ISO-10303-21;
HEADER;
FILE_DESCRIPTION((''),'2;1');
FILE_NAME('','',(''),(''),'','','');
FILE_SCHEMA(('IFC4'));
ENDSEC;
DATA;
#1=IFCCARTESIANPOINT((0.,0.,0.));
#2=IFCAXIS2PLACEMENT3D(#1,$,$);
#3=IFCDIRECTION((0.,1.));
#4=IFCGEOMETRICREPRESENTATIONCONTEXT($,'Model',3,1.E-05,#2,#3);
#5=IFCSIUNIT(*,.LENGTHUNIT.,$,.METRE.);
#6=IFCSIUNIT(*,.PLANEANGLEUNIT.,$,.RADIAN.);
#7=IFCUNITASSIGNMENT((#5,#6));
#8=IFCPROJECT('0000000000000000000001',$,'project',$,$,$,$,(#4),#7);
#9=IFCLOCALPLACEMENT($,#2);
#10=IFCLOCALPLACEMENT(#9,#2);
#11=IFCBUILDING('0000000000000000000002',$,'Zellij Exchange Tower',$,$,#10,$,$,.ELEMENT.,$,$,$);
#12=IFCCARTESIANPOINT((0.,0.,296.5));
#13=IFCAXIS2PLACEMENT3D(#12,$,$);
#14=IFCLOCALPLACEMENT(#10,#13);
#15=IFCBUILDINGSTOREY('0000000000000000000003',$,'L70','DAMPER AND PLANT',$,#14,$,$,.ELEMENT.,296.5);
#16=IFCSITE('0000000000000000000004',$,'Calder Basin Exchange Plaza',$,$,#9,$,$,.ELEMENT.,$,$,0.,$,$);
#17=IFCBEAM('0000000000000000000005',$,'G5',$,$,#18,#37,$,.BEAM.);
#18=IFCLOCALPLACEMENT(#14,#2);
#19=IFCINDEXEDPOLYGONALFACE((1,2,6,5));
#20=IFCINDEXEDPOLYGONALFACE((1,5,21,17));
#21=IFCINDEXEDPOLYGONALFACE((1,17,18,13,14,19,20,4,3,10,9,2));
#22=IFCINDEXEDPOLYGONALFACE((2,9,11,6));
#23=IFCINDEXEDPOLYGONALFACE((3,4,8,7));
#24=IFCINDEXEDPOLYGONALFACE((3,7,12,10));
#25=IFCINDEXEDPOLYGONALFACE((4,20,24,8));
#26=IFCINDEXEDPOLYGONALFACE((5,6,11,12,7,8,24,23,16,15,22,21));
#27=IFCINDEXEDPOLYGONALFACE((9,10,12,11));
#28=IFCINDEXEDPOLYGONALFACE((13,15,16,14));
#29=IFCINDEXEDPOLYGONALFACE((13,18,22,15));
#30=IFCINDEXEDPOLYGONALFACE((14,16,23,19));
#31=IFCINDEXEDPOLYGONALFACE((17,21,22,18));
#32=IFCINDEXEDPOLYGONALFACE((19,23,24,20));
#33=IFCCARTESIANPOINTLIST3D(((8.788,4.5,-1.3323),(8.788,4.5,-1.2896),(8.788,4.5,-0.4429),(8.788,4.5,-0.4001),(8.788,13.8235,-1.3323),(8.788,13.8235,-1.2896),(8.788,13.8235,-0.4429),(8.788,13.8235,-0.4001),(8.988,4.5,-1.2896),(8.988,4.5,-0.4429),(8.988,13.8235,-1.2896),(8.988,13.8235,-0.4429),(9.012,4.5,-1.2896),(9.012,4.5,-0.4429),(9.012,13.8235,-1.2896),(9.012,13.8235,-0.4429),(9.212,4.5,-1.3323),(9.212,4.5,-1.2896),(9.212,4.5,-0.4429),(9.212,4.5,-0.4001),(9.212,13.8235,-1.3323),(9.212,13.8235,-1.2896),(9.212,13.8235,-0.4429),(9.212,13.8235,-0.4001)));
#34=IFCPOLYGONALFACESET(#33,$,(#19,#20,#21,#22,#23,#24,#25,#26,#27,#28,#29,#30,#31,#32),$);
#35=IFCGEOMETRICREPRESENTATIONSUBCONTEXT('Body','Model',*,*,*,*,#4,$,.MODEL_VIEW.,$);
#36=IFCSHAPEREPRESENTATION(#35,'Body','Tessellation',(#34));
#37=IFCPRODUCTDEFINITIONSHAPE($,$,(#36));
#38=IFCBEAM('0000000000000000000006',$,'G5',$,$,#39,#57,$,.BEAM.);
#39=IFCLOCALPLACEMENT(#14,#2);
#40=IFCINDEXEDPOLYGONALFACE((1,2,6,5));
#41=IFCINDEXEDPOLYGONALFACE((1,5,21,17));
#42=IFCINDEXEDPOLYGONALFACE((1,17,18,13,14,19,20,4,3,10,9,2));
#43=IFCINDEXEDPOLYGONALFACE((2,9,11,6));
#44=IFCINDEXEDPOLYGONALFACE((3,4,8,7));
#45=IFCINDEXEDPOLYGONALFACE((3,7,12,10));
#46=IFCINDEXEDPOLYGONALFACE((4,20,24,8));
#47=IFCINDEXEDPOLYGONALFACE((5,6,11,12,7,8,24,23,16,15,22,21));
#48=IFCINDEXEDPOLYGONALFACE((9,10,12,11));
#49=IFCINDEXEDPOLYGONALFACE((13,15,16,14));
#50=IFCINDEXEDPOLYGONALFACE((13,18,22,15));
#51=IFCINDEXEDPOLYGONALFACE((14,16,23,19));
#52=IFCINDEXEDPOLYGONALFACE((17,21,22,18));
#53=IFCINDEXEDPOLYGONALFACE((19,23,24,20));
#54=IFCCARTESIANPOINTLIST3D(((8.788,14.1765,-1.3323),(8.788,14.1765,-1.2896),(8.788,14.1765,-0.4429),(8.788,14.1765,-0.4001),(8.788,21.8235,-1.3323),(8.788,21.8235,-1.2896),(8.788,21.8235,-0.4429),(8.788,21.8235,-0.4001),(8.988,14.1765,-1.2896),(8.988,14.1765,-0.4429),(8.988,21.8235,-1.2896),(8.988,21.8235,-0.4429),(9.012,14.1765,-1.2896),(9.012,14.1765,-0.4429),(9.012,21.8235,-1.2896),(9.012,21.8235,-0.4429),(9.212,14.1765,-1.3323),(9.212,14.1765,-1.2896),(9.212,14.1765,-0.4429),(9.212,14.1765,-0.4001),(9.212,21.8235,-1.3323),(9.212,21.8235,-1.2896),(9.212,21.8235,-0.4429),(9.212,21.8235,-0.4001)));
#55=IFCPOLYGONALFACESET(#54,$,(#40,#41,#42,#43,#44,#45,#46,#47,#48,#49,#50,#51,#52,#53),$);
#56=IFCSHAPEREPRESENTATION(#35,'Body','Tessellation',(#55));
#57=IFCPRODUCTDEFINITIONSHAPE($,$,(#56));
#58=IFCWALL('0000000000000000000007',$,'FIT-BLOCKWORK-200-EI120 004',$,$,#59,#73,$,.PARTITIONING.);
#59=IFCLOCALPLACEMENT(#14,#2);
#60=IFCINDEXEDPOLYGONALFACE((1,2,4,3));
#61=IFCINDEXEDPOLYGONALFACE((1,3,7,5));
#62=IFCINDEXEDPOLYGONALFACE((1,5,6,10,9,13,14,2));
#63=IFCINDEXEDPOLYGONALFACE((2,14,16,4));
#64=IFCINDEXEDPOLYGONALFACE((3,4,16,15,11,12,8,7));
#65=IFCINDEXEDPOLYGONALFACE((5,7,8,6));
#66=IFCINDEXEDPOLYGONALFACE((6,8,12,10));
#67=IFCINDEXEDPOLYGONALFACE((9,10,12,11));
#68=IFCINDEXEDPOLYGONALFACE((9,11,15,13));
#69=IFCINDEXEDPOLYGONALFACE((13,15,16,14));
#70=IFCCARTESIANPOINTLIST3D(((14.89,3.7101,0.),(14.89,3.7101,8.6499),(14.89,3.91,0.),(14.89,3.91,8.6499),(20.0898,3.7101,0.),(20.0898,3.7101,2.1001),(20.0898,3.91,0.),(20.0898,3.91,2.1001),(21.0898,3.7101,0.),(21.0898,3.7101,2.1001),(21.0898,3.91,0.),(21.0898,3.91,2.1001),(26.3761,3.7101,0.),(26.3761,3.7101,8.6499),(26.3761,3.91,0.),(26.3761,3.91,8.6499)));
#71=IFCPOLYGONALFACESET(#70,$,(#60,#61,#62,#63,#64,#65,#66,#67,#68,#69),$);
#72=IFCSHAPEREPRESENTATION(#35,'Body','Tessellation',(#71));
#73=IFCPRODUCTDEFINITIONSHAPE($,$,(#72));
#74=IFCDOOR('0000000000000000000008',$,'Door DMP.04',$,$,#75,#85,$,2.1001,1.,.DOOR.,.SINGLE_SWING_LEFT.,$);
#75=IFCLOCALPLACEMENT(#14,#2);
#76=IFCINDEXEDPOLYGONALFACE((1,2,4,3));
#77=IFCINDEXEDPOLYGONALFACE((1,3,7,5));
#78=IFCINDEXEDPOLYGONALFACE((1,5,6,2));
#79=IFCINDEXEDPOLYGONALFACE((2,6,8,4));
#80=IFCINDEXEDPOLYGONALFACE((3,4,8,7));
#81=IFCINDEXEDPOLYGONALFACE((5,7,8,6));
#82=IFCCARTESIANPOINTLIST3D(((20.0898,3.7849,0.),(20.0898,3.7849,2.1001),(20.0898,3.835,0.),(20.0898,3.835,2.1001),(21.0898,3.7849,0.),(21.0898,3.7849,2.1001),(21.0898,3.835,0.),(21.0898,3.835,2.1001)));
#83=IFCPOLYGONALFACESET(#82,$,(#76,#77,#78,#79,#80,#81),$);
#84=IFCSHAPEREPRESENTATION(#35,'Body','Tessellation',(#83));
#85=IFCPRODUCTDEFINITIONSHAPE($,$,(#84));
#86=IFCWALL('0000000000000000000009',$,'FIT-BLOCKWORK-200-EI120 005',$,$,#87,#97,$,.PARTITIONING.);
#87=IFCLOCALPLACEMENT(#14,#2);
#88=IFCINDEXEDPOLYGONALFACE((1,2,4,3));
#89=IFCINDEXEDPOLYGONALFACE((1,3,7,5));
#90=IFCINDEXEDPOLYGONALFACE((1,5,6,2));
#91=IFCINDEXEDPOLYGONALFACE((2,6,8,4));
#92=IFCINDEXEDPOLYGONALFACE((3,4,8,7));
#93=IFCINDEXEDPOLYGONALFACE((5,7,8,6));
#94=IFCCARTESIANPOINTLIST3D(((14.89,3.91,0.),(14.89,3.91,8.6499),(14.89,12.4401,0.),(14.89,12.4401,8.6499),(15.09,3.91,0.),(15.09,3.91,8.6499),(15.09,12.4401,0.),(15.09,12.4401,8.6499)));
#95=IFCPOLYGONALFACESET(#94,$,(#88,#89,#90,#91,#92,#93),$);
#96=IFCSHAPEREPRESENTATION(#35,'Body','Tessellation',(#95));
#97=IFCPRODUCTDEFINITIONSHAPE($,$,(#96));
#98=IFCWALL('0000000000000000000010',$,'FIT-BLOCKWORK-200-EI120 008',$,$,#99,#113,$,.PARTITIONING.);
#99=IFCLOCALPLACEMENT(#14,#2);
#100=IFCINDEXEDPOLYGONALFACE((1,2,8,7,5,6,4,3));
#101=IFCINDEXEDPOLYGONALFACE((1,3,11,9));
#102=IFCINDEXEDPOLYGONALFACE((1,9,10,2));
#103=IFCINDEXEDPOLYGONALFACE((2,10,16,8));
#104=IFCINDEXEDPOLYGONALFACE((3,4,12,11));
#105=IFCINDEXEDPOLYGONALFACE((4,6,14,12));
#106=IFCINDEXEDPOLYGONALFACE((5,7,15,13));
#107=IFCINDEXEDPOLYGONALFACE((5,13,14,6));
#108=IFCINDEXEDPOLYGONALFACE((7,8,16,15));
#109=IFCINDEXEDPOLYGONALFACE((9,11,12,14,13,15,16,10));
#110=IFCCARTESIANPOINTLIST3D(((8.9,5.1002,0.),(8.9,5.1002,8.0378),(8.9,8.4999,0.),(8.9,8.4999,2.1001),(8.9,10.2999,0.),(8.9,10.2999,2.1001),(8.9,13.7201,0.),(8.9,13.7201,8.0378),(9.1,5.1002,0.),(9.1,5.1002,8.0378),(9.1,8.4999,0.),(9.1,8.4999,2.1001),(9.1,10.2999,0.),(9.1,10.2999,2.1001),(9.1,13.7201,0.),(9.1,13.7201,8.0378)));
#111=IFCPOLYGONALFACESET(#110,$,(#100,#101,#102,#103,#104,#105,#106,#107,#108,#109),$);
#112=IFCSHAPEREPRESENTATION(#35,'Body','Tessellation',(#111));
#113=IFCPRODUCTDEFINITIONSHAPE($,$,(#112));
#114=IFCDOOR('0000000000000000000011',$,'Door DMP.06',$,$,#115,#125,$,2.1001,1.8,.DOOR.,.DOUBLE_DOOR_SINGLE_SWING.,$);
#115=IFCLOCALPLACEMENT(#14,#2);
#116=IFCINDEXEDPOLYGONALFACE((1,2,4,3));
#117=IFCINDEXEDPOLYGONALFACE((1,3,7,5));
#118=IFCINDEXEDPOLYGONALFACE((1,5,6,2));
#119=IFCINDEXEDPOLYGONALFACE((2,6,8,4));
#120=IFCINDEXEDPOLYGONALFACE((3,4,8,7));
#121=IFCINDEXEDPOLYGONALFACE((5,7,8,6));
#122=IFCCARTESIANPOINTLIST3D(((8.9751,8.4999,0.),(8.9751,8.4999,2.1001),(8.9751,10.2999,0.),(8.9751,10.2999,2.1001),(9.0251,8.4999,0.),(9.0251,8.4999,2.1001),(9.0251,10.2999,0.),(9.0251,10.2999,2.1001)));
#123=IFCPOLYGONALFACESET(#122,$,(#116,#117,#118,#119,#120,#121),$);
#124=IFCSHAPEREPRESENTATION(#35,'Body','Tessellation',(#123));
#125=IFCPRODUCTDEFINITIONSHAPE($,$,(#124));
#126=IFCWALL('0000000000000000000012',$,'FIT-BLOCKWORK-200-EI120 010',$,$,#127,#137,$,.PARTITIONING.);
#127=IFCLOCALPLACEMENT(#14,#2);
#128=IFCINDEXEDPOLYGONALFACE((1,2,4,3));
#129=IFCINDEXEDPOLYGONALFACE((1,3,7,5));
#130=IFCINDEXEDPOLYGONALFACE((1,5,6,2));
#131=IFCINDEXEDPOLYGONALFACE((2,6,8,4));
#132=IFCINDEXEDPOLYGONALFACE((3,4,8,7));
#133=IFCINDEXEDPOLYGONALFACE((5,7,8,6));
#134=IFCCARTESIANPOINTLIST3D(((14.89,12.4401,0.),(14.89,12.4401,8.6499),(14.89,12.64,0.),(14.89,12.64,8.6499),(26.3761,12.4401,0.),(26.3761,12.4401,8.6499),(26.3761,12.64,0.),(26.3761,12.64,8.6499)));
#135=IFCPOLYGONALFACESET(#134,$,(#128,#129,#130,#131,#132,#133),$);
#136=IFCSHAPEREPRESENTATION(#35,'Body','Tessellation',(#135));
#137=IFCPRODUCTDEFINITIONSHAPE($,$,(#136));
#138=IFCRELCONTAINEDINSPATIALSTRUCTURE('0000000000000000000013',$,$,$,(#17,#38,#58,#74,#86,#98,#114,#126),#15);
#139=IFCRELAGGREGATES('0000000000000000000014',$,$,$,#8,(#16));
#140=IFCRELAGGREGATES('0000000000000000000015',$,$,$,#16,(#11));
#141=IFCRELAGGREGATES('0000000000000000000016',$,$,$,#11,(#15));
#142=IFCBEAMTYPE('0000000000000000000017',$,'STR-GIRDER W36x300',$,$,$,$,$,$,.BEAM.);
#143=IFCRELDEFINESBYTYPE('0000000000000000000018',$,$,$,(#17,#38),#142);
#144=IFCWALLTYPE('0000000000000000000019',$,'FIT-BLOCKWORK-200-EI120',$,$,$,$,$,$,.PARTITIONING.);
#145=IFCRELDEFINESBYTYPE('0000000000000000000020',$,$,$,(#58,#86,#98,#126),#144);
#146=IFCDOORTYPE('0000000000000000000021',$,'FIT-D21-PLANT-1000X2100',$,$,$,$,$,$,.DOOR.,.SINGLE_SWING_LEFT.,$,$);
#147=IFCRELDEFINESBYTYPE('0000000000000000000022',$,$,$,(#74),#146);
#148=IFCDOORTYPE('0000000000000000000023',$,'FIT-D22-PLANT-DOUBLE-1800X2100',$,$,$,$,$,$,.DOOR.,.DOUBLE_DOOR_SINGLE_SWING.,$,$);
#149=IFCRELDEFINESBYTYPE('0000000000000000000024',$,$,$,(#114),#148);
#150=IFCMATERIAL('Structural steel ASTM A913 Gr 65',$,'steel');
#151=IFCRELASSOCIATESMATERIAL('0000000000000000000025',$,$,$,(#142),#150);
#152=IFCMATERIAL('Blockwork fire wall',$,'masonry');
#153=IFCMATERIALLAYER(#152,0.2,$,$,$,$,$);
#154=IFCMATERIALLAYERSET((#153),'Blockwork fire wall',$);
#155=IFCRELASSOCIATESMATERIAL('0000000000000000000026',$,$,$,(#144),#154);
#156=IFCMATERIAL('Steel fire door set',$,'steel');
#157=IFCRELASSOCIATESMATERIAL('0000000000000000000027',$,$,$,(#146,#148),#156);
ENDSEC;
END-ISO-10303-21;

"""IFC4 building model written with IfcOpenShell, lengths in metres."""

from ifc_helpers import new_model, si_unit, direction, frame, frame_2d, origin, origin_2d, place, context, subcontext, project, spatial, rectangle, i_section, extrude, material, layer, layer_set, material_profile, profile_set, type_object, element, fill, save


model = new_model("IFC4")

# Units and contexts
model_context = context("Model", 3, precision=1e-05, world=origin(), true_north=direction((0.0, 1.0)))
body_context = subcontext(model_context, "Body", "Model", "MODEL_VIEW")
ifc_project = project(units=[si_unit("LENGTHUNIT", "METRE"), si_unit("PLANEANGLEUNIT", "RADIAN")], contexts=[model_context])

# Site, building, storey
site_placement = place(None, origin())
site = spatial("IfcSite", under=ifc_project, at=site_placement, Name="Calder Basin Exchange Plaza", CompositionType="ELEMENT", RefElevation=0.0)
building_placement = place(site_placement, origin())
building = spatial("IfcBuilding", under=site, at=building_placement, Name="Zellij Exchange Tower", CompositionType="ELEMENT")
storey_placement = place(building_placement, frame((0.0, 0.0, 296.5)))
storey = spatial("IfcBuildingStorey", under=building, at=storey_placement, Name="L70", Description="DAMPER AND PLANT", CompositionType="ELEMENT", Elevation=296.5)

# Shared definitions
ifc_material_1 = material(Name="Structural steel ASTM A913 Gr 65", Category="steel")

# Beams
ifc_material_profile_1 = material_profile(ifc_material_1, i_section(OverallWidth=0.4241, OverallDepth=0.9321, WebThickness=0.0239, FlangeThickness=0.0427, at=origin_2d()), Name="W36x300")
ifc_profile_set_1 = profile_set([ifc_material_profile_1], Name="Structural steel ASTM A913 Gr 65")
beam_type = type_object("IfcBeamType", Name="STR-GIRDER W36x300", PredefinedType="BEAM", material=ifc_profile_set_1)
beam_1_placement = place(storey_placement, frame((9.0, 4.5, -0.8662), z_axis=(0.0, 1.0, 0.0), x_axis=(-1.0, 0.0, 0.0)))
element("IfcBeam", 1, at=beam_1_placement, inside=storey, type_object=beam_type, Name="G5", PredefinedType="BEAM", context=body_context, shape_type="SweptSolid", body=[
    extrude(i_section(OverallWidth=0.4241, OverallDepth=0.9321, WebThickness=0.0239, FlangeThickness=0.0427, at=origin_2d()), origin(), (0.0, 0.0, 1.0), 9.3235),
])
beam_2_placement = place(storey_placement, frame((9.0, 14.1765, -0.8662), z_axis=(0.0, 1.0, 0.0), x_axis=(-1.0, 0.0, 0.0)))
element("IfcBeam", 2, at=beam_2_placement, inside=storey, type_object=beam_type, Name="G5", PredefinedType="BEAM", context=body_context, shape_type="SweptSolid", body=[
    extrude(i_section(OverallWidth=0.4241, OverallDepth=0.9321, WebThickness=0.0239, FlangeThickness=0.0427, at=origin_2d()), origin(), (0.0, 0.0, 1.0), 7.647),
])

# Wall, opening, door
ifc_material_2 = material(Name="Blockwork fire wall", Category="masonry")
ifc_layer = layer(ifc_material_2, 0.2)
ifc_layer_set = layer_set([ifc_layer], Name="Blockwork fire wall")
wall_type = type_object("IfcWallType", Name="FIT-BLOCKWORK-200-EI120", PredefinedType="PARTITIONING", material=ifc_layer_set)
wall_1_placement = place(storey_placement, frame((14.8899, 3.8101, 0.0), z_axis=(0.0, 0.0, 1.0), x_axis=(1.0, 0.0, 0.0)))
wall_1 = element("IfcWall", 3, at=wall_1_placement, inside=storey, type_object=wall_type, Name="FIT-BLOCKWORK-200-EI120 004", PredefinedType="PARTITIONING", context=body_context, shape_type="SweptSolid", body=[
    extrude(rectangle(XDim=11.4861, YDim=0.2, at=frame_2d((5.7432, 0.0))), origin(), (0.0, 0.0, 1.0), 8.6499),
])
opening_1_placement = place(wall_1_placement, frame((5.2, 0.0, 0.0)))
opening_1 = element("IfcOpeningElement", 4, at=opening_1_placement, cuts=wall_1, PredefinedType="OPENING", context=body_context, shape_type="SweptSolid", body=[
    extrude(rectangle(XDim=1.0, YDim=2.1001, at=frame_2d((0.5, 1.05))), frame((0.0, 0.1118, 0.0), z_axis=(0.0, -1.0, 0.0), x_axis=(1.0, 0.0, 0.0)), (0.0, 0.0, 1.0), 0.2239),
])
ifc_material_3 = material(Name="Steel fire door set", Category="steel")
door_type_1 = type_object("IfcDoorType", Name="FIT-D21-PLANT-1000X2100", OperationType="SINGLE_SWING_LEFT", PredefinedType="DOOR", material=ifc_material_3)
door_1_placement = place(opening_1_placement, origin())
door_1 = element("IfcDoor", 5, at=door_1_placement, inside=storey, type_object=door_type_1, Name="Door DMP.04", OperationType="SINGLE_SWING_LEFT", OverallHeight=2.1001, OverallWidth=1.0, PredefinedType="DOOR", context=body_context, shape_type="SweptSolid", body=[
    extrude(rectangle(XDim=1.0, YDim=2.1001, at=frame_2d((0.5, 1.05))), frame((0.0, 0.0249, 0.0), z_axis=(0.0, -1.0, 0.0), x_axis=(1.0, 0.0, 0.0)), (0.0, 0.0, 1.0), 0.05),
])
fill(opening_1, door_1)

# Wall
wall_2_placement = place(storey_placement, frame((14.99, 3.9099, 0.0), z_axis=(0.0, 0.0, 1.0), x_axis=(0.0, 1.0, 0.0)))
element("IfcWall", 6, at=wall_2_placement, inside=storey, type_object=wall_type, Name="FIT-BLOCKWORK-200-EI120 005", PredefinedType="PARTITIONING", context=body_context, shape_type="SweptSolid", body=[
    extrude(rectangle(XDim=8.53, YDim=0.2, at=frame_2d((4.2651, 0.0))), origin(), (0.0, 0.0, 1.0), 8.6499),
])

# Wall, opening, door
wall_3_placement = place(storey_placement, frame((9.0, 5.1001, 0.0), z_axis=(0.0, 0.0, 1.0), x_axis=(0.0, 1.0, 0.0)))
wall_3 = element("IfcWall", 7, at=wall_3_placement, inside=storey, type_object=wall_type, Name="FIT-BLOCKWORK-200-EI120 008", PredefinedType="PARTITIONING", context=body_context, shape_type="SweptSolid", body=[
    extrude(rectangle(XDim=8.6199, YDim=0.2, at=frame_2d((4.3101, 0.0))), origin(), (0.0, 0.0, 1.0), 8.0378),
])
opening_2_placement = place(wall_3_placement, frame((3.3999, 0.0, 0.0)))
opening_2 = element("IfcOpeningElement", 8, at=opening_2_placement, cuts=wall_3, PredefinedType="OPENING", context=body_context, shape_type="SweptSolid", body=[
    extrude(rectangle(XDim=1.8, YDim=2.1001, at=frame_2d((0.8999, 1.05))), frame((0.0, 0.1118, 0.0), z_axis=(0.0, -1.0, 0.0), x_axis=(1.0, 0.0, 0.0)), (0.0, 0.0, 1.0), 0.2239),
])
door_type_2 = type_object("IfcDoorType", Name="FIT-D22-PLANT-DOUBLE-1800X2100", OperationType="DOUBLE_DOOR_SINGLE_SWING", PredefinedType="DOOR", material=ifc_material_3)
door_2_placement = place(opening_2_placement, origin())
door_2 = element("IfcDoor", 9, at=door_2_placement, inside=storey, type_object=door_type_2, Name="Door DMP.06", OperationType="DOUBLE_DOOR_SINGLE_SWING", OverallHeight=2.1001, OverallWidth=1.8, PredefinedType="DOOR", context=body_context, shape_type="SweptSolid", body=[
    extrude(rectangle(XDim=1.8, YDim=2.1001, at=frame_2d((0.8999, 1.05))), frame((0.0, 0.0249, 0.0), z_axis=(0.0, -1.0, 0.0), x_axis=(1.0, 0.0, 0.0)), (0.0, 0.0, 1.0), 0.05),
])
fill(opening_2, door_2)

# Wall
wall_4_placement = place(storey_placement, frame((14.8899, 12.54, 0.0), z_axis=(0.0, 0.0, 1.0), x_axis=(1.0, 0.0, 0.0)))
element("IfcWall", 10, at=wall_4_placement, inside=storey, type_object=wall_type, Name="FIT-BLOCKWORK-200-EI120 010", PredefinedType="PARTITIONING", context=body_context, shape_type="SweptSolid", body=[
    extrude(rectangle(XDim=11.4861, YDim=0.2, at=frame_2d((5.7432, 0.0))), origin(), (0.0, 0.0, 1.0), 8.6499),
])

save(model, "model.ifc")
